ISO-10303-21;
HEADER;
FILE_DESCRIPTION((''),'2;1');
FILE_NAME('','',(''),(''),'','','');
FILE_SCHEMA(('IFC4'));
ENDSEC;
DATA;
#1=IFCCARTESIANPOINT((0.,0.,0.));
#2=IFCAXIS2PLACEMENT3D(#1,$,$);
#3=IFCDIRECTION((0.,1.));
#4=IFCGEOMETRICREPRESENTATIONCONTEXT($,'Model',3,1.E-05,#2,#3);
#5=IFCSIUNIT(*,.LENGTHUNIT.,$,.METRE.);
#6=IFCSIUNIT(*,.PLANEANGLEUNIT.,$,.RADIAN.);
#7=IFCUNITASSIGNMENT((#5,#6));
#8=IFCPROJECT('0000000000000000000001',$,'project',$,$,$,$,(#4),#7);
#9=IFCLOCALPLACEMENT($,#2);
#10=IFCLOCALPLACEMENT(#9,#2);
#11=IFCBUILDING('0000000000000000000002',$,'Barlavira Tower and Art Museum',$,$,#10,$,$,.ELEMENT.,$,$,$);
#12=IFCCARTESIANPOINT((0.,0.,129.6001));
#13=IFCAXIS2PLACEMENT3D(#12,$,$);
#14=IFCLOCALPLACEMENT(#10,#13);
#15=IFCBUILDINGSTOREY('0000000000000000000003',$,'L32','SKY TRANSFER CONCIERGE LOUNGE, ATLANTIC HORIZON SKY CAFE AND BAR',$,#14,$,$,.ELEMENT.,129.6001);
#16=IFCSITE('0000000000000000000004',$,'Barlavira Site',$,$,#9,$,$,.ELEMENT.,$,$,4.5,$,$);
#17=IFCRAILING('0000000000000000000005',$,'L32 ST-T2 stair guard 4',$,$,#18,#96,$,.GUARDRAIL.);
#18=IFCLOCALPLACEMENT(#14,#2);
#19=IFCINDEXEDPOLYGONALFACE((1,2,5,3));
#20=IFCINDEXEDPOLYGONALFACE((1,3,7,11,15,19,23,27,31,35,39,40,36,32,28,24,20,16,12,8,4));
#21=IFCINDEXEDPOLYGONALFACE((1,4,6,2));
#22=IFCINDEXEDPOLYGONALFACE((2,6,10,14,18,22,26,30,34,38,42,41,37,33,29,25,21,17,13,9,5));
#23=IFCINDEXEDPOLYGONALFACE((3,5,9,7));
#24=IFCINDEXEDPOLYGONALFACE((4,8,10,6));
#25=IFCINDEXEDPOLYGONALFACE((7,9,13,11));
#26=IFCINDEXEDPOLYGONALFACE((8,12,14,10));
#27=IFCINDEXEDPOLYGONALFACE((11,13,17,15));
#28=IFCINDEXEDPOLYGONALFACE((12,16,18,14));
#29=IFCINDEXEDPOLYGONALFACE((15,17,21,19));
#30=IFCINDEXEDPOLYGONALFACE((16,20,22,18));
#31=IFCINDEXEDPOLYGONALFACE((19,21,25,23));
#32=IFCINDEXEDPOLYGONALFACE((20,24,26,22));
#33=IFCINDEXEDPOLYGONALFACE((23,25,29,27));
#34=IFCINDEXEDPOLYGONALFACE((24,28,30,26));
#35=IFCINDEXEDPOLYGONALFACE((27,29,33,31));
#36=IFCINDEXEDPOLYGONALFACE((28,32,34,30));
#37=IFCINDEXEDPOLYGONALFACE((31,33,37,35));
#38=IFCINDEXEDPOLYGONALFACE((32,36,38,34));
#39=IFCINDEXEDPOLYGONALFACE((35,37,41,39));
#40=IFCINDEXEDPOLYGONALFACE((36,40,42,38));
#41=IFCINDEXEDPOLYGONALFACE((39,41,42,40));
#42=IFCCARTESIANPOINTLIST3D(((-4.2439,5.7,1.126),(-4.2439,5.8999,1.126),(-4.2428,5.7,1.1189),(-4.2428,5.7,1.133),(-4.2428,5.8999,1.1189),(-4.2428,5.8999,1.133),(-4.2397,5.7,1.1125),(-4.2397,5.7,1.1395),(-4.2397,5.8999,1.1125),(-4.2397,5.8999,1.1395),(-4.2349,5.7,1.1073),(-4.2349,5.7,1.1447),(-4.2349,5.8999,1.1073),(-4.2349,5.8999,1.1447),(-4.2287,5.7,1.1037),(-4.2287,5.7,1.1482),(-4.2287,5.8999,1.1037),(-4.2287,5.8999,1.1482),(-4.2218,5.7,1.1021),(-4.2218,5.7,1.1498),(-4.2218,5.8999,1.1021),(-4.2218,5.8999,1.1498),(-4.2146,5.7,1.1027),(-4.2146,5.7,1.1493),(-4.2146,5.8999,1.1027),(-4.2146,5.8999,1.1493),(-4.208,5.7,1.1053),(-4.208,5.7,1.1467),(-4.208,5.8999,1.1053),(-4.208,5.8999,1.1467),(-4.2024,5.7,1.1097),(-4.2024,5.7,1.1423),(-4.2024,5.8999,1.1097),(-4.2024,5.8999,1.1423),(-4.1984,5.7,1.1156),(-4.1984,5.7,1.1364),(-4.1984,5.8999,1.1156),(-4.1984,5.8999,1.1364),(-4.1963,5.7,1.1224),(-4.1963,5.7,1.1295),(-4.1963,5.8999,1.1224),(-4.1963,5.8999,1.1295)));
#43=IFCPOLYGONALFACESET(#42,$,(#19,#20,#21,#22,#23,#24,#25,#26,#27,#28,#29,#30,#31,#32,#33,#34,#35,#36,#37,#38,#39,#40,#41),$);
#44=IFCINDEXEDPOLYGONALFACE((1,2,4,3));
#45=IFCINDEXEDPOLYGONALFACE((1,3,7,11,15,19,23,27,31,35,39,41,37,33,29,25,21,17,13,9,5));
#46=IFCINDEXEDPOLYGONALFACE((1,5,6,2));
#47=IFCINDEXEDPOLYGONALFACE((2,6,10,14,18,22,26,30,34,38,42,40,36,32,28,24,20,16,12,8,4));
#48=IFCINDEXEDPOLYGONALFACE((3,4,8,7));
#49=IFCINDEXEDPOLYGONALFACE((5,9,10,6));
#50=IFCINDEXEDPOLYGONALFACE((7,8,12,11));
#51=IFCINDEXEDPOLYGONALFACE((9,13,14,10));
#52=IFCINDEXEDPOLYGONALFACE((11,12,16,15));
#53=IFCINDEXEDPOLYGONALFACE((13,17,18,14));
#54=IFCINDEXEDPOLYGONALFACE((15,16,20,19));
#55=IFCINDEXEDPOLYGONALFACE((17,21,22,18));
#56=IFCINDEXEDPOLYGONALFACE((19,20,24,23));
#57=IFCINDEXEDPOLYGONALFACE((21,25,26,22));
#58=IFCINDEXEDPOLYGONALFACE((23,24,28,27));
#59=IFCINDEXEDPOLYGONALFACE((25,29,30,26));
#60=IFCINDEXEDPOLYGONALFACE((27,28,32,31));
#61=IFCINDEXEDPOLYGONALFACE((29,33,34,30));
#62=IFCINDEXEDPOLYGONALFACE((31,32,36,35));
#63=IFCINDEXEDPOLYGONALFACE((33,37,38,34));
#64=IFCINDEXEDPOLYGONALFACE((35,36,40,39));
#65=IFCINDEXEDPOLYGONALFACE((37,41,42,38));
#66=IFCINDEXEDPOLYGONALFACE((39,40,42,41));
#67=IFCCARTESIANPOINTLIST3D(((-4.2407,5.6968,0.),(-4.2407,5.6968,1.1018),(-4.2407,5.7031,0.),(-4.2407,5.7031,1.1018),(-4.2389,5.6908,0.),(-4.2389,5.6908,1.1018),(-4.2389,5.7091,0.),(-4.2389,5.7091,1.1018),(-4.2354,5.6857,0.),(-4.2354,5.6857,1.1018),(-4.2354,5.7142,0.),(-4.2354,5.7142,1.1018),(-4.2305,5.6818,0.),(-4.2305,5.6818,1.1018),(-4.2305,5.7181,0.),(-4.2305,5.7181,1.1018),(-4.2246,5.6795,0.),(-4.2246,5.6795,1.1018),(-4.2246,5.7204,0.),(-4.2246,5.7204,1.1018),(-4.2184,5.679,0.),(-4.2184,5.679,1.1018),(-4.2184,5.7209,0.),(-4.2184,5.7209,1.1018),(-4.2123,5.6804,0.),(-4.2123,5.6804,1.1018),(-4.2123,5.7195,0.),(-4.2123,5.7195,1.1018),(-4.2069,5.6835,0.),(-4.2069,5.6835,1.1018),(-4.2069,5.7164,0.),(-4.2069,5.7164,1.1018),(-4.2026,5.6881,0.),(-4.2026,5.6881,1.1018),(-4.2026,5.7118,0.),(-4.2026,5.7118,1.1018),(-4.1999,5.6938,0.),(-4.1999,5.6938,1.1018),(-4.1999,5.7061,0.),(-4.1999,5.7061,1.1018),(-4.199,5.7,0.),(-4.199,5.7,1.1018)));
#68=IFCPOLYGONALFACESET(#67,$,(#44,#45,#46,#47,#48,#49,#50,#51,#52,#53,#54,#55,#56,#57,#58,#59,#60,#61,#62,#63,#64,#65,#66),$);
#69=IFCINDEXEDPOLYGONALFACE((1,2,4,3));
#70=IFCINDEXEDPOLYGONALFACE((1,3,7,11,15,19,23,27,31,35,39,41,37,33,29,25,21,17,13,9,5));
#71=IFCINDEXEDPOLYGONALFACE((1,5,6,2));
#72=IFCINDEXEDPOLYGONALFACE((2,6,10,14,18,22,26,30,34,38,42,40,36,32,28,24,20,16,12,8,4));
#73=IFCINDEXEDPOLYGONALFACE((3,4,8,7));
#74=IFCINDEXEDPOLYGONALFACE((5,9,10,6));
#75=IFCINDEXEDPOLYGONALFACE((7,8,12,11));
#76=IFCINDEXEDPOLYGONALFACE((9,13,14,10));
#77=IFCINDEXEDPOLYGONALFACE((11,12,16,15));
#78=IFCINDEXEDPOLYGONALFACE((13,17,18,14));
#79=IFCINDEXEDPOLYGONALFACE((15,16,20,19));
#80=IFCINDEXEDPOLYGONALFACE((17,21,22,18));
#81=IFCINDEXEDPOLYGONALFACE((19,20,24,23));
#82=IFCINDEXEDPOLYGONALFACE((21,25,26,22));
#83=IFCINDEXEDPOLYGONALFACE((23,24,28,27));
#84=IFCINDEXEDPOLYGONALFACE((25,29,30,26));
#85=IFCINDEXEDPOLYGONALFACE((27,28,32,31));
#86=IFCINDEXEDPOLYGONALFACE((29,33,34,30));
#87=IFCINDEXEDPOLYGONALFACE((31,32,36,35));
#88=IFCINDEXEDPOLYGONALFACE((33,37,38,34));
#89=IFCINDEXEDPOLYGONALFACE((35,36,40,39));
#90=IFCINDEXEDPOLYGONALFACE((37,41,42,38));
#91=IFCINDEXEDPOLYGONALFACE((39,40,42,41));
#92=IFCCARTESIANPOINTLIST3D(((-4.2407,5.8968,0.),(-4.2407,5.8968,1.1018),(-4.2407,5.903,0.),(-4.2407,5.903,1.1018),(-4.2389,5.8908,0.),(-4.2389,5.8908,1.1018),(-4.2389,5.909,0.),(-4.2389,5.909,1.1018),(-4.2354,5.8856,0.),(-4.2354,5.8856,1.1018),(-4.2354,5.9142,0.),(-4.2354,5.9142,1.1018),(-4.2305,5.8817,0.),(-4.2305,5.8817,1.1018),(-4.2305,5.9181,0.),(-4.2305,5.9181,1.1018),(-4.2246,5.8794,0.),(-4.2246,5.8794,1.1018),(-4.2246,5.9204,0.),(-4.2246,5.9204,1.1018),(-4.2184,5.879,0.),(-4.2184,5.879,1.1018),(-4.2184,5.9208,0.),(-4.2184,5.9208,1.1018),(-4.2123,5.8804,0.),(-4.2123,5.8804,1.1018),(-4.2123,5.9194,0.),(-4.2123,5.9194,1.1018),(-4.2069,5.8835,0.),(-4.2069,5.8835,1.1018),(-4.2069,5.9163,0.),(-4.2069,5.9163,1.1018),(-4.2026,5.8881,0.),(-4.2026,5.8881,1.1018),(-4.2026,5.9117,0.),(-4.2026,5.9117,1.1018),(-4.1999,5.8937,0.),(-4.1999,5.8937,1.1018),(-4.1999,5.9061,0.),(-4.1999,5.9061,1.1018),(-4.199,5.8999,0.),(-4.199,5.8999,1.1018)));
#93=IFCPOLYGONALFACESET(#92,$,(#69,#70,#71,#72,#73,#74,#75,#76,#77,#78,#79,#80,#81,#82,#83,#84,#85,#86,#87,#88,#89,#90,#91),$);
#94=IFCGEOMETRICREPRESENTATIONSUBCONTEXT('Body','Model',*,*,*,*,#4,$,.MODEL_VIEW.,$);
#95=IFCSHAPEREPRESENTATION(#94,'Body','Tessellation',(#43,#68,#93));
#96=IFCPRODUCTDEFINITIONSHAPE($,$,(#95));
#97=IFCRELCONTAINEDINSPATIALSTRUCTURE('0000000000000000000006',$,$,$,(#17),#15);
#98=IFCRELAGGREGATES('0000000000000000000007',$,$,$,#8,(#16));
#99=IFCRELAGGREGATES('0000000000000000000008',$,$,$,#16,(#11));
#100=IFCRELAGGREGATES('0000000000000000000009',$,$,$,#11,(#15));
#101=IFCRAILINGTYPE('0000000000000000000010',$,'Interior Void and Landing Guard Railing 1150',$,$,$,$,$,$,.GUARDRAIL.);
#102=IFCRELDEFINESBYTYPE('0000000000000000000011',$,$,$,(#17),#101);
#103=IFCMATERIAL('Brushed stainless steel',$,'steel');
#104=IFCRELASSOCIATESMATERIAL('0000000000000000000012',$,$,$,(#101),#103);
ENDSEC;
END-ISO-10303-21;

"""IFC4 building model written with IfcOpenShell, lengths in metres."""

from ifc_helpers import new_model, si_unit, direction, frame, origin, origin_2d, place, context, subcontext, project, spatial, circle, extrude, material, type_object, element, save


model = new_model("IFC4")

# Units and contexts
model_context = context("Model", 3, precision=1e-05, world=origin(), true_north=direction((0.0, 1.0)))
body_context = subcontext(model_context, "Body", "Model", "MODEL_VIEW")
ifc_project = project(units=[si_unit("LENGTHUNIT", "METRE"), si_unit("PLANEANGLEUNIT", "RADIAN")], contexts=[model_context])

# Site, building, storey
site_placement = place(None, origin())
site = spatial("IfcSite", under=ifc_project, at=site_placement, Name="Barlavira Site", CompositionType="ELEMENT", RefElevation=4.5)
building_placement = place(site_placement, origin())
building = spatial("IfcBuilding", under=site, at=building_placement, Name="Barlavira Tower and Art Museum", CompositionType="ELEMENT")
storey_placement = place(building_placement, frame((0.0, 0.0, 129.6001)))
storey = spatial("IfcBuildingStorey", under=building, at=storey_placement, Name="L32", Description="SKY TRANSFER CONCIERGE LOUNGE, ATLANTIC HORIZON SKY CAFE AND BAR", CompositionType="ELEMENT", Elevation=129.6001)

# Shared definitions
ifc_material_1 = material(Name="Brushed stainless steel", Category="steel")

# Railing
railing_type_1 = type_object("IfcRailingType", Name="Interior Void and Landing Guard Railing 1150", PredefinedType="GUARDRAIL", material=ifc_material_1)
railing_1_placement = place(storey_placement, frame((-4.22, 5.7, 0.0)))
element("IfcRailing", 1, at=railing_1_placement, inside=storey, type_object=railing_type_1, Name="L32 ST-T2 stair guard 4", PredefinedType="GUARDRAIL", context=body_context, shape_type="SweptSolid", body=[
    extrude(circle(Radius=0.0239, at=origin_2d()), frame((0.0, 0.0, 1.126), z_axis=(0.0, 1.0, 0.0), x_axis=(-1.0, 0.0, 0.0)), (0.0, 0.0, 1.0), 0.2),
    extrude(circle(Radius=0.021, at=origin_2d()), origin(), (0.0, 0.0, 1.0), 1.1018),
    extrude(circle(Radius=0.021, at=origin_2d()), frame((0.0, 0.2, 0.0)), (0.0, 0.0, 1.0), 1.1018),
])

save(model, "model.ifc")
